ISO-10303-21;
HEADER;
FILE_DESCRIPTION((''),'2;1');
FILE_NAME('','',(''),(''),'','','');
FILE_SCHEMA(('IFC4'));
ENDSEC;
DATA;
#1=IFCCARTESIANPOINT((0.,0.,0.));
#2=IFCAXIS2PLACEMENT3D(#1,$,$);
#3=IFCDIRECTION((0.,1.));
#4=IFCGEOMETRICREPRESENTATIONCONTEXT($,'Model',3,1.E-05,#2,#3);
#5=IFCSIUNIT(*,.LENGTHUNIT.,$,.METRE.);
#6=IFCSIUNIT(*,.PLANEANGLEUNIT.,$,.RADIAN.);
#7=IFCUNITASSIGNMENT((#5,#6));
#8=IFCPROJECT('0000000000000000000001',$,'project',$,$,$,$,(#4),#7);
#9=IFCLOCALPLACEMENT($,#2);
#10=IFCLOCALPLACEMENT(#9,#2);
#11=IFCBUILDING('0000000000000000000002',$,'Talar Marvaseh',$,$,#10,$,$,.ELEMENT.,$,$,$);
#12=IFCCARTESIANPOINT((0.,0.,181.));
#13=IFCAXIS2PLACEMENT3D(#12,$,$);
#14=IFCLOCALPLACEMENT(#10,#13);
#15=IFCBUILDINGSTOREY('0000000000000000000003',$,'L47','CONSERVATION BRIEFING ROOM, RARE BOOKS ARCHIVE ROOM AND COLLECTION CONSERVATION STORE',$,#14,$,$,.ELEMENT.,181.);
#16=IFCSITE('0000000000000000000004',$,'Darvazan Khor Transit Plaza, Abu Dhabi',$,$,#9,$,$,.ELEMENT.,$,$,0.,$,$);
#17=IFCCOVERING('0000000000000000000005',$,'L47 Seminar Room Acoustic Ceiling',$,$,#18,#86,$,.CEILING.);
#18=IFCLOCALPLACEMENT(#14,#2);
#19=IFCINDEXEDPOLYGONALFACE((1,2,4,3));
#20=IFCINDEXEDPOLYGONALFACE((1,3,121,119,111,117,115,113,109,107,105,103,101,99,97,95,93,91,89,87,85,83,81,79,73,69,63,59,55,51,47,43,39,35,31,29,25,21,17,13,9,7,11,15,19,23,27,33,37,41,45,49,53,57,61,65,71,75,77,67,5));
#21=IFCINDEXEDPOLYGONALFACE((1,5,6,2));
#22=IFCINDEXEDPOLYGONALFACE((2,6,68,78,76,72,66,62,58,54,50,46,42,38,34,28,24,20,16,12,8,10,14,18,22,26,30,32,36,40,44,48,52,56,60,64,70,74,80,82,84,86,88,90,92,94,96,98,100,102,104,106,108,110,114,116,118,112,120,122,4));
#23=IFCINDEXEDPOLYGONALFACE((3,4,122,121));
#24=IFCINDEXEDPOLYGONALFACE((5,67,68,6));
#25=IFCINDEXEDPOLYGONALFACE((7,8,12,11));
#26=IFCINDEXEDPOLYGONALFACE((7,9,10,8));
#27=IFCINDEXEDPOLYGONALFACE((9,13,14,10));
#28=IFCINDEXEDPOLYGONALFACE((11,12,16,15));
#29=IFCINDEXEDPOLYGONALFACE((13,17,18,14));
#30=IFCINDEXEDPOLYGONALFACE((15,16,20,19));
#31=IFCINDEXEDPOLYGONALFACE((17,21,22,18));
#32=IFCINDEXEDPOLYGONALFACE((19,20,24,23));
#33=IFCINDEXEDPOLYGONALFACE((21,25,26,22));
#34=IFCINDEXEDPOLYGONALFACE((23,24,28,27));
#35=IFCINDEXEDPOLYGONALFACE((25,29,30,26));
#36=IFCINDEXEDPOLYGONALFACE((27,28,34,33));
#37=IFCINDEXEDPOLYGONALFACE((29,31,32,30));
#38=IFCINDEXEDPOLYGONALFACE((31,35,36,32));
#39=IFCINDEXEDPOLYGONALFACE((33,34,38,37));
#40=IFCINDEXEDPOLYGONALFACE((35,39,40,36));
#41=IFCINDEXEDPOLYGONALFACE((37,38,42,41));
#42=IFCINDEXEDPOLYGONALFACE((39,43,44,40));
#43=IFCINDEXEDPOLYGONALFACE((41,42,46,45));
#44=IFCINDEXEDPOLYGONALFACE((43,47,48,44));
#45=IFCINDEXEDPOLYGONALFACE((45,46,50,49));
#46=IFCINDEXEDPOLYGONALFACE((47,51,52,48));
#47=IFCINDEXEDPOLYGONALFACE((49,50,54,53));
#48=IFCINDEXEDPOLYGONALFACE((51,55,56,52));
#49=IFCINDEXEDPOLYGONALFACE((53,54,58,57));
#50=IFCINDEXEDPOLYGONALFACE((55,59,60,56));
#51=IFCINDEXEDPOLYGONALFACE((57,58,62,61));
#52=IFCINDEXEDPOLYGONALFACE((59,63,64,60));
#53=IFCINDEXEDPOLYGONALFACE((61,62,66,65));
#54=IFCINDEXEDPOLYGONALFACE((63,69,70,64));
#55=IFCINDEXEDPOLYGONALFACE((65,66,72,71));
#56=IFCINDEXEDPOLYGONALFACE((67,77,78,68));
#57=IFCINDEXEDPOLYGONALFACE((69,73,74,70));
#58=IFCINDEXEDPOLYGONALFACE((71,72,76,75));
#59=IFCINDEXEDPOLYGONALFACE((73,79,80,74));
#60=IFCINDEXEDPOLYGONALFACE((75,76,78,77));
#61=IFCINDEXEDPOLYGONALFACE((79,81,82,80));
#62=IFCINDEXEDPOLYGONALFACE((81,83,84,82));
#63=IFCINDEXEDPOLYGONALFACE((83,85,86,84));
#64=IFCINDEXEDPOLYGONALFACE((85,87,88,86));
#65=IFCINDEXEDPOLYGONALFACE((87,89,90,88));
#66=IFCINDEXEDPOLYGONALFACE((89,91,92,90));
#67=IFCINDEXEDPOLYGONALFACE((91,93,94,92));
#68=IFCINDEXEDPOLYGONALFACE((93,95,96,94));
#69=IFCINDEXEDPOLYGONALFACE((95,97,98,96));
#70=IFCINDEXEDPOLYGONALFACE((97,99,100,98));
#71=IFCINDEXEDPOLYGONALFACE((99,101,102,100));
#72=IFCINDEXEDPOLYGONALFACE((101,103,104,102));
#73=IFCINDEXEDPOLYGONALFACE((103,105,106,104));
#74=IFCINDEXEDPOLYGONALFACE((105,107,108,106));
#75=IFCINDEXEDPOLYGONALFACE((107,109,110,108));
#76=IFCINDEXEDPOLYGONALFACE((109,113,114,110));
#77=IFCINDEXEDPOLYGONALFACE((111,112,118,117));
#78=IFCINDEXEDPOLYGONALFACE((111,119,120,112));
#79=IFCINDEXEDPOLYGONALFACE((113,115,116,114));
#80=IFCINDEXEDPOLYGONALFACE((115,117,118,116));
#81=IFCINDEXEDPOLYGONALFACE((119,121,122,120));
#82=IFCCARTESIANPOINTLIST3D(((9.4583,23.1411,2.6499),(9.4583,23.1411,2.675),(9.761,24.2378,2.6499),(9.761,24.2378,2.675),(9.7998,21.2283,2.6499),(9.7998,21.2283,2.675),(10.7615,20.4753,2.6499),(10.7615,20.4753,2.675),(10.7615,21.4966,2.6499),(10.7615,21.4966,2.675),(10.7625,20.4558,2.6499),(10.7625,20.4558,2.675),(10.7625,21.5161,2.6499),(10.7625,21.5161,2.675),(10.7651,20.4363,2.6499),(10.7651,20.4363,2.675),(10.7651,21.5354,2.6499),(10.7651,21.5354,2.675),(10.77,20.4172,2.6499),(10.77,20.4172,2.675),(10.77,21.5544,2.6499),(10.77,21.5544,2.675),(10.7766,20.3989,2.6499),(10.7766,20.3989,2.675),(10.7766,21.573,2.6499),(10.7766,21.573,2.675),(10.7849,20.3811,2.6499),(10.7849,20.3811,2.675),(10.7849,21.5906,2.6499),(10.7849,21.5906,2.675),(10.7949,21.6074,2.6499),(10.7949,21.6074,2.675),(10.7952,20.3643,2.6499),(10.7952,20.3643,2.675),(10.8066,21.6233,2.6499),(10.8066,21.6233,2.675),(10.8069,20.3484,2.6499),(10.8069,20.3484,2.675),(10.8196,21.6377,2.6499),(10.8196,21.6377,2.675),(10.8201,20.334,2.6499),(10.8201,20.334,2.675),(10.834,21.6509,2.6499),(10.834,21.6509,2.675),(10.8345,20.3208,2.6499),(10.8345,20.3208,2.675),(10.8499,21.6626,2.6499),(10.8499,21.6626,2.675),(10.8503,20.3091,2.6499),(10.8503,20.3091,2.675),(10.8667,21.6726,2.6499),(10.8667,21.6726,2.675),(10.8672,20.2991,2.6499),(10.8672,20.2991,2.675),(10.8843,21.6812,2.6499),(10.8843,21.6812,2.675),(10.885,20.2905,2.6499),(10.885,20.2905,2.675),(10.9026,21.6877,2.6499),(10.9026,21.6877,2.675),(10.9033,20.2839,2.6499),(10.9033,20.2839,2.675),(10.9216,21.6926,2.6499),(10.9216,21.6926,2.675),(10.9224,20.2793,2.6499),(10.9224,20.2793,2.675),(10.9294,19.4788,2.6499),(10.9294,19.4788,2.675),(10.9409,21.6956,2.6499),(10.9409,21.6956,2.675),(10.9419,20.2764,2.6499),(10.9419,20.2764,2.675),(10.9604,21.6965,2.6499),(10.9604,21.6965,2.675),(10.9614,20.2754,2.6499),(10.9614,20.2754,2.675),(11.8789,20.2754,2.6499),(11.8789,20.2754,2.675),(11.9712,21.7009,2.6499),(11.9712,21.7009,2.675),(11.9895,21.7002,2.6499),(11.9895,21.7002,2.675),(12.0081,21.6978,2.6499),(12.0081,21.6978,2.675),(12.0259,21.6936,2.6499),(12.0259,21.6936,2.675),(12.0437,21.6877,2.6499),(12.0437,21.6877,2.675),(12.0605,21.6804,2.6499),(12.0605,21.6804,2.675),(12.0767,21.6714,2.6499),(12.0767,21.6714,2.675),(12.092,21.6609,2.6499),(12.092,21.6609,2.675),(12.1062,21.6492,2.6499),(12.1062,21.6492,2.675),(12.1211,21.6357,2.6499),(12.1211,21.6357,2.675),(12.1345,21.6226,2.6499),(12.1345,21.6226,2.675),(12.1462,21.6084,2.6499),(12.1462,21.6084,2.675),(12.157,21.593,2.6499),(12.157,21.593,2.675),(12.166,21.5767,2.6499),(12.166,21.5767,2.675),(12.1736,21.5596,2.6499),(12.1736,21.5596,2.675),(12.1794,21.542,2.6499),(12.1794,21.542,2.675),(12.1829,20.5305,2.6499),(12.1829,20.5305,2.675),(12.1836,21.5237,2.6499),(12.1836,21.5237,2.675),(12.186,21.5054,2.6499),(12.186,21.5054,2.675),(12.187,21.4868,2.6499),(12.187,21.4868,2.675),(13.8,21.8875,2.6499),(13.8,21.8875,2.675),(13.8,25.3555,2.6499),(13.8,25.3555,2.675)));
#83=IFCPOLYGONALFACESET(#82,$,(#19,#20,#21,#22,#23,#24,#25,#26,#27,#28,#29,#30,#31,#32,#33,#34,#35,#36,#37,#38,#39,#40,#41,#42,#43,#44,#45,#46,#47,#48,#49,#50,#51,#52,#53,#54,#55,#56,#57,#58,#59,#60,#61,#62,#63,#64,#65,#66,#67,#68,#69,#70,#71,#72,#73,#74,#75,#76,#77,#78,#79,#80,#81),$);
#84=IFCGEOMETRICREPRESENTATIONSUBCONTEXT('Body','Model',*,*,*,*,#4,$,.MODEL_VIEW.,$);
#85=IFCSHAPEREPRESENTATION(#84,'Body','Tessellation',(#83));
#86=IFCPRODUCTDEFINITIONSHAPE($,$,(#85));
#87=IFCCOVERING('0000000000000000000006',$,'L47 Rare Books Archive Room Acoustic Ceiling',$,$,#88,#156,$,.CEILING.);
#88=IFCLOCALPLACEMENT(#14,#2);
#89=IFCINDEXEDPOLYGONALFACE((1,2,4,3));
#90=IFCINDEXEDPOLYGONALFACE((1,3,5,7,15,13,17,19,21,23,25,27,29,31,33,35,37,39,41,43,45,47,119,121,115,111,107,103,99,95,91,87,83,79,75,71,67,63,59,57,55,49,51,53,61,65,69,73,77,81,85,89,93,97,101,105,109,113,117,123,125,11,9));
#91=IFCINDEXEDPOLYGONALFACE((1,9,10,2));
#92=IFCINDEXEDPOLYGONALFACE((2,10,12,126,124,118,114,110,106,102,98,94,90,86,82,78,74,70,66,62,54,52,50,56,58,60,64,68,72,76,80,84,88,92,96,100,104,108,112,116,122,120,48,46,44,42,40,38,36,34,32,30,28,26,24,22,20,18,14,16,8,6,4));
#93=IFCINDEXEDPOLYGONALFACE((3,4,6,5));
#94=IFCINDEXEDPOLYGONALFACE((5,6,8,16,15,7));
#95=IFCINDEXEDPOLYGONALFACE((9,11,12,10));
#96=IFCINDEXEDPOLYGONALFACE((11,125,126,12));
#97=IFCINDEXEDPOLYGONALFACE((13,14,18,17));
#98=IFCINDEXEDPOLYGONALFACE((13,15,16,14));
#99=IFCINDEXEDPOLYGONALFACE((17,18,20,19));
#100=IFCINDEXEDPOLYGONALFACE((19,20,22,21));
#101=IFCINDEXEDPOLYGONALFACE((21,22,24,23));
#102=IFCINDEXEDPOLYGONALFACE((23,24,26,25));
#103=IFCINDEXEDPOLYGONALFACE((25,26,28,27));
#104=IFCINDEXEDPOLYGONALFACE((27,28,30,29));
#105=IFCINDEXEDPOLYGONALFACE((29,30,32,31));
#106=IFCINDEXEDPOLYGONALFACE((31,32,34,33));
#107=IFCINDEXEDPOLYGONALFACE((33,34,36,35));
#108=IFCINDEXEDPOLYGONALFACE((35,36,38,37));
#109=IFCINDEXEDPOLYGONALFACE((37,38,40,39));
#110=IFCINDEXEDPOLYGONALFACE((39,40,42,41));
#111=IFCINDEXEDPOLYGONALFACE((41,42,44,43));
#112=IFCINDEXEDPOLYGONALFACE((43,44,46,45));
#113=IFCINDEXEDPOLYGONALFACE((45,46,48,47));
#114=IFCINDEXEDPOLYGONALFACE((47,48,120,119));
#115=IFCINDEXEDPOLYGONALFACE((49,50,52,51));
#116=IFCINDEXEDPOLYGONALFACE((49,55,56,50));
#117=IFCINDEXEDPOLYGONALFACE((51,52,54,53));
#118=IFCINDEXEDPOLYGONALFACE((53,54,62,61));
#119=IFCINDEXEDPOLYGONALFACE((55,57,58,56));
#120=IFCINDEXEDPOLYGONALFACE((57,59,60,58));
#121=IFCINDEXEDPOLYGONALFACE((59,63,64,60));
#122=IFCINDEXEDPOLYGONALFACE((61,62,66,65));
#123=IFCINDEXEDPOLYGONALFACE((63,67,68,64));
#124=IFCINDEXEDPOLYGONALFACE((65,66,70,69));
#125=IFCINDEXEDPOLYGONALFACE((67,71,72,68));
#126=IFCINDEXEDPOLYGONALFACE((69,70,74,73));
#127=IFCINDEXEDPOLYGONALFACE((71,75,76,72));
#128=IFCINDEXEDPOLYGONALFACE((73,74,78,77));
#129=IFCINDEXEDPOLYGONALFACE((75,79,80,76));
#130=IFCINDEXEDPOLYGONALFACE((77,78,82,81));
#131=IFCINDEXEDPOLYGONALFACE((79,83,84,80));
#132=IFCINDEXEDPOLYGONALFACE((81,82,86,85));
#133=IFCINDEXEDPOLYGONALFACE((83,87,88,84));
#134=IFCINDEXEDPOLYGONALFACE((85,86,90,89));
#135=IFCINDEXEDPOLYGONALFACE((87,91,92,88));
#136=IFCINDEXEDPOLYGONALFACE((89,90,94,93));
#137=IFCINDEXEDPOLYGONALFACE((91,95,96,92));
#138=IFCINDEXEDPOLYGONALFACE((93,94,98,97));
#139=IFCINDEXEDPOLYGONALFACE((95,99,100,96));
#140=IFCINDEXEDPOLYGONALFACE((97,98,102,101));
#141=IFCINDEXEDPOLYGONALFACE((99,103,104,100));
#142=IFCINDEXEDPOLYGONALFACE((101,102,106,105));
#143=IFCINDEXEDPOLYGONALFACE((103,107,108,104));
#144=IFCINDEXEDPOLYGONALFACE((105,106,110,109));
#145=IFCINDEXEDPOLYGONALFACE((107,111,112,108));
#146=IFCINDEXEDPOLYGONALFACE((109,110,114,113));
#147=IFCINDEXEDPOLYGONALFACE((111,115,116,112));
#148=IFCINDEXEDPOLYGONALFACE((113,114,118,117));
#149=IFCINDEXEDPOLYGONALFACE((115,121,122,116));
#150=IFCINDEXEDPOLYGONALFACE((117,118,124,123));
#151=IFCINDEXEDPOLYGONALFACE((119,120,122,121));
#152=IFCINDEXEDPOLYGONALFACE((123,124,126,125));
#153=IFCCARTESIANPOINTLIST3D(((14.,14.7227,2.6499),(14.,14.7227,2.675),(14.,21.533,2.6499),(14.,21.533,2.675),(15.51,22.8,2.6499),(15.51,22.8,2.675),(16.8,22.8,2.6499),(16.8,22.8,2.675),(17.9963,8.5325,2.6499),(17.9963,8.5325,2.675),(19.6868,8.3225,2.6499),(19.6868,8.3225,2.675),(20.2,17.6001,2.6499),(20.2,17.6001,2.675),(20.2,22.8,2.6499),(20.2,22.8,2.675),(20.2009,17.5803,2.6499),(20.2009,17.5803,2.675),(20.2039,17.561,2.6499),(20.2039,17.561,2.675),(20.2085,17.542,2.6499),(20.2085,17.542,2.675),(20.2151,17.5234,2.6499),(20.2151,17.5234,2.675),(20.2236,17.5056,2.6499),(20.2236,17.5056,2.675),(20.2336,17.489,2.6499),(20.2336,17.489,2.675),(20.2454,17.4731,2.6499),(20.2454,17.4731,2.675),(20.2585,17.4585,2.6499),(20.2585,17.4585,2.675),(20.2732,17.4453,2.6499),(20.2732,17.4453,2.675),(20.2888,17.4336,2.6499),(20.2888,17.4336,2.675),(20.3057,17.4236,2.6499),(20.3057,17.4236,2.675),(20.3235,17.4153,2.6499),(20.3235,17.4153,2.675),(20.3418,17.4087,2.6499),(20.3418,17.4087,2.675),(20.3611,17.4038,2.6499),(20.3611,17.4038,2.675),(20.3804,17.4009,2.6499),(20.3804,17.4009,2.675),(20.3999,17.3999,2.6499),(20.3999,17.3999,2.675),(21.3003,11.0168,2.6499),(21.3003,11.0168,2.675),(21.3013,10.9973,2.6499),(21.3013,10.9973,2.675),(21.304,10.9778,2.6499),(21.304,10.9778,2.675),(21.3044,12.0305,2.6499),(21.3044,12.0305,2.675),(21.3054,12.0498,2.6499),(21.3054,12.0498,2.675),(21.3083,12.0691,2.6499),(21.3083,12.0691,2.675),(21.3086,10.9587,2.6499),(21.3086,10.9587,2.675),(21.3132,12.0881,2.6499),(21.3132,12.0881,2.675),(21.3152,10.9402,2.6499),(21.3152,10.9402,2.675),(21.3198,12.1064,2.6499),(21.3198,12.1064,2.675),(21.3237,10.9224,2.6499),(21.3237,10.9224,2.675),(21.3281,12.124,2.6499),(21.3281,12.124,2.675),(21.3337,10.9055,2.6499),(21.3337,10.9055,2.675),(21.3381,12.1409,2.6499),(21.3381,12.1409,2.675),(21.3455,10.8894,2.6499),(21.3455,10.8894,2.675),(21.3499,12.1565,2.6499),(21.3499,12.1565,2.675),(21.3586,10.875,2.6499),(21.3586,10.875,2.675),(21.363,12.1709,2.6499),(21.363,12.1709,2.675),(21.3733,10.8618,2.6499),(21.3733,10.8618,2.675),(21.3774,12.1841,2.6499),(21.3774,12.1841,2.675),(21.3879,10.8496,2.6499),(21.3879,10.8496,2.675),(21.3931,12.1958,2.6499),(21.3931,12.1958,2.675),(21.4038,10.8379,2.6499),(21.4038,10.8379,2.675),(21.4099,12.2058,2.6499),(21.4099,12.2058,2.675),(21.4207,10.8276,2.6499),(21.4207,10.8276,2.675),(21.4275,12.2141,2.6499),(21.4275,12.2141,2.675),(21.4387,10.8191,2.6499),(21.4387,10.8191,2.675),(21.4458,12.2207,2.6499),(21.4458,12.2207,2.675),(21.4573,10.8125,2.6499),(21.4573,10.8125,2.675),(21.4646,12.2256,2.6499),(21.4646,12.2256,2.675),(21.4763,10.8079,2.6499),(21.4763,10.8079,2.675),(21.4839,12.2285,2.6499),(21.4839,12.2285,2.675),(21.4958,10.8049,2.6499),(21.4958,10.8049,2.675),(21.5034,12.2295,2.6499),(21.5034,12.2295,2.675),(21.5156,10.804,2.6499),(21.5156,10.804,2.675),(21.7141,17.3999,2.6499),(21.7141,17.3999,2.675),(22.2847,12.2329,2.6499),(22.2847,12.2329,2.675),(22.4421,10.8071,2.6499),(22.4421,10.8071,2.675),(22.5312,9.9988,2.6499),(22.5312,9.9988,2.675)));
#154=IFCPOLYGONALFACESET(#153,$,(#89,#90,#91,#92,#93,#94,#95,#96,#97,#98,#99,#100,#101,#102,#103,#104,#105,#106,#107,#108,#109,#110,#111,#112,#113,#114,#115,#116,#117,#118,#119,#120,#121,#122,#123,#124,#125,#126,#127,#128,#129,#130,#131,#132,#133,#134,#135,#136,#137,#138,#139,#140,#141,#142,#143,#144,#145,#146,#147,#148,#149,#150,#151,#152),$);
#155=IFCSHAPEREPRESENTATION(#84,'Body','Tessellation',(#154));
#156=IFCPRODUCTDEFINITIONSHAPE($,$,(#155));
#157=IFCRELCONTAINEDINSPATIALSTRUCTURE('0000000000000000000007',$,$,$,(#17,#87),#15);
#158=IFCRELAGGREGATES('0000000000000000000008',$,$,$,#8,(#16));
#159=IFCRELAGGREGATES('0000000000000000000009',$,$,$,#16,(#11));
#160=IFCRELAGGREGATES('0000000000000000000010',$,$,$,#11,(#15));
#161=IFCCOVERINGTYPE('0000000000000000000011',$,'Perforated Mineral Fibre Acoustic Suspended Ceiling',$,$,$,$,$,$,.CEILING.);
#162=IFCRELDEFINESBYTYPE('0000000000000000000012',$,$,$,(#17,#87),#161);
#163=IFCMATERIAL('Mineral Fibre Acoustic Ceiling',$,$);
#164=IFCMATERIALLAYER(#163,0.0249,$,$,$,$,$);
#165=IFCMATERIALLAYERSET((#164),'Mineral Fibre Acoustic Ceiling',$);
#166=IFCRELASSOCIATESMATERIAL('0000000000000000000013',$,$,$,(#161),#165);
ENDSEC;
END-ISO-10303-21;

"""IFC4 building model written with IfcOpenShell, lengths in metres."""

from ifc_helpers import new_model, si_unit, direction, frame, origin, place, context, subcontext, project, spatial, polyline, outline, extrude, material, layer, layer_set, type_object, element, save


model = new_model("IFC4")

# Units and contexts
model_context = context("Model", 3, precision=1e-05, world=origin(), true_north=direction((0.0, 1.0)))
body_context = subcontext(model_context, "Body", "Model", "MODEL_VIEW")
ifc_project = project(units=[si_unit("LENGTHUNIT", "METRE"), si_unit("PLANEANGLEUNIT", "RADIAN")], contexts=[model_context])

# Site, building, storey
site_placement = place(None, origin())
site = spatial("IfcSite", under=ifc_project, at=site_placement, Name="Darvazan Khor Transit Plaza, Abu Dhabi", CompositionType="ELEMENT", RefElevation=0.0)
building_placement = place(site_placement, origin())
building = spatial("IfcBuilding", under=site, at=building_placement, Name="Talar Marvaseh", CompositionType="ELEMENT")
storey_placement = place(building_placement, frame((0.0, 0.0, 181.0)))
storey = spatial("IfcBuildingStorey", under=building, at=storey_placement, Name="L47", Description="CONSERVATION BRIEFING ROOM, RARE BOOKS ARCHIVE ROOM AND COLLECTION CONSERVATION STORE", CompositionType="ELEMENT", Elevation=181.0)

# Coverings
ifc_material_1 = material(Name="Mineral Fibre Acoustic Ceiling")
ifc_layer_1 = layer(ifc_material_1, 0.0249)
ifc_layer_set_1 = layer_set([ifc_layer_1], Name="Mineral Fibre Acoustic Ceiling")
covering_type_1 = type_object("IfcCoveringType", Name="Perforated Mineral Fibre Acoustic Suspended Ceiling", PredefinedType="CEILING", material=ifc_layer_set_1)
covering_1_placement = place(storey_placement, frame((0.0, 0.0, 2.6499)))
element("IfcCovering", 1, at=covering_1_placement, inside=storey, type_object=covering_type_1, Name="L47 Seminar Room Acoustic Ceiling", PredefinedType="CEILING", context=body_context, shape_type="SweptSolid", body=[
    extrude(outline(polyline([(13.8, 25.3555), (13.8, 21.8875), (12.1829, 20.5305), (12.187, 21.4868), (12.186, 21.5054), (12.1836, 21.5237), (12.1794, 21.542), (12.1736, 21.5596), (12.166, 21.5767), (12.157, 21.593), (12.1462, 21.6084), (12.1345, 21.6226), (12.1211, 21.6357), (12.1062, 21.6492), (12.092, 21.6609), (12.0767, 21.6714), (12.0605, 21.6804), (12.0437, 21.6877), (12.0259, 21.6936), (12.0081, 21.6978), (11.9895, 21.7002), (11.9712, 21.7009), (10.9604, 21.6965), (10.9409, 21.6956), (10.9216, 21.6926), (10.9026, 21.6877), (10.8843, 21.6812), (10.8667, 21.6726), (10.8499, 21.6626), (10.834, 21.6509), (10.8196, 21.6377), (10.8066, 21.6233), (10.7949, 21.6074), (10.7849, 21.5906), (10.7766, 21.573), (10.77, 21.5544), (10.7651, 21.5354), (10.7625, 21.5161), (10.7615, 21.4966), (10.7615, 20.4753), (10.7625, 20.4558), (10.7651, 20.4363), (10.77, 20.4172), (10.7766, 20.3989), (10.7849, 20.3811), (10.7952, 20.3643), (10.8069, 20.3484), (10.8201, 20.334), (10.8345, 20.3208), (10.8503, 20.3091), (10.8672, 20.2991), (10.885, 20.2905), (10.9033, 20.2839), (10.9224, 20.2793), (10.9419, 20.2764), (10.9614, 20.2754), (11.8789, 20.2754), (10.9294, 19.4788), (9.7998, 21.2283), (9.4583, 23.1411), (9.761, 24.2378), (13.8, 25.3555)])), origin(), (0.0, 0.0, 1.0), 0.0251),
])
covering_2_placement = place(storey_placement, frame((0.0, 0.0, 2.6499)))
element("IfcCovering", 2, at=covering_2_placement, inside=storey, type_object=covering_type_1, Name="L47 Rare Books Archive Room Acoustic Ceiling", PredefinedType="CEILING", context=body_context, shape_type="SweptSolid", body=[
    extrude(outline(polyline([(16.8, 22.8), (20.2, 22.8), (20.2, 17.6001), (20.2009, 17.5803), (20.2039, 17.561), (20.2085, 17.542), (20.2151, 17.5234), (20.2236, 17.5056), (20.2336, 17.489), (20.2454, 17.4731), (20.2585, 17.4585), (20.2732, 17.4453), (20.2888, 17.4336), (20.3057, 17.4236), (20.3235, 17.4153), (20.3418, 17.4087), (20.3611, 17.4038), (20.3804, 17.4009), (20.3999, 17.3999), (21.7141, 17.3999), (22.2847, 12.2329), (21.5034, 12.2295), (21.4839, 12.2285), (21.4646, 12.2256), (21.4458, 12.2207), (21.4275, 12.2141), (21.4099, 12.2058), (21.3931, 12.1958), (21.3774, 12.1841), (21.363, 12.1709), (21.3499, 12.1565), (21.3381, 12.1409), (21.3281, 12.124), (21.3198, 12.1064), (21.3132, 12.0881), (21.3083, 12.0691), (21.3054, 12.0498), (21.3044, 12.0305), (21.3003, 11.0168), (21.3013, 10.9973), (21.304, 10.9778), (21.3086, 10.9587), (21.3152, 10.9402), (21.3237, 10.9224), (21.3337, 10.9055), (21.3455, 10.8894), (21.3586, 10.875), (21.3733, 10.8618), (21.3879, 10.8496), (21.4038, 10.8379), (21.4207, 10.8276), (21.4387, 10.8191), (21.4573, 10.8125), (21.4763, 10.8079), (21.4958, 10.8049), (21.5156, 10.804), (22.4421, 10.8071), (22.5312, 9.9988), (19.6868, 8.3225), (17.9963, 8.5325), (14.0, 14.7227), (14.0, 21.533), (15.51, 22.8), (16.8, 22.8)])), origin(), (0.0, 0.0, 1.0), 0.0251),
])

save(model, "model.ifc")
